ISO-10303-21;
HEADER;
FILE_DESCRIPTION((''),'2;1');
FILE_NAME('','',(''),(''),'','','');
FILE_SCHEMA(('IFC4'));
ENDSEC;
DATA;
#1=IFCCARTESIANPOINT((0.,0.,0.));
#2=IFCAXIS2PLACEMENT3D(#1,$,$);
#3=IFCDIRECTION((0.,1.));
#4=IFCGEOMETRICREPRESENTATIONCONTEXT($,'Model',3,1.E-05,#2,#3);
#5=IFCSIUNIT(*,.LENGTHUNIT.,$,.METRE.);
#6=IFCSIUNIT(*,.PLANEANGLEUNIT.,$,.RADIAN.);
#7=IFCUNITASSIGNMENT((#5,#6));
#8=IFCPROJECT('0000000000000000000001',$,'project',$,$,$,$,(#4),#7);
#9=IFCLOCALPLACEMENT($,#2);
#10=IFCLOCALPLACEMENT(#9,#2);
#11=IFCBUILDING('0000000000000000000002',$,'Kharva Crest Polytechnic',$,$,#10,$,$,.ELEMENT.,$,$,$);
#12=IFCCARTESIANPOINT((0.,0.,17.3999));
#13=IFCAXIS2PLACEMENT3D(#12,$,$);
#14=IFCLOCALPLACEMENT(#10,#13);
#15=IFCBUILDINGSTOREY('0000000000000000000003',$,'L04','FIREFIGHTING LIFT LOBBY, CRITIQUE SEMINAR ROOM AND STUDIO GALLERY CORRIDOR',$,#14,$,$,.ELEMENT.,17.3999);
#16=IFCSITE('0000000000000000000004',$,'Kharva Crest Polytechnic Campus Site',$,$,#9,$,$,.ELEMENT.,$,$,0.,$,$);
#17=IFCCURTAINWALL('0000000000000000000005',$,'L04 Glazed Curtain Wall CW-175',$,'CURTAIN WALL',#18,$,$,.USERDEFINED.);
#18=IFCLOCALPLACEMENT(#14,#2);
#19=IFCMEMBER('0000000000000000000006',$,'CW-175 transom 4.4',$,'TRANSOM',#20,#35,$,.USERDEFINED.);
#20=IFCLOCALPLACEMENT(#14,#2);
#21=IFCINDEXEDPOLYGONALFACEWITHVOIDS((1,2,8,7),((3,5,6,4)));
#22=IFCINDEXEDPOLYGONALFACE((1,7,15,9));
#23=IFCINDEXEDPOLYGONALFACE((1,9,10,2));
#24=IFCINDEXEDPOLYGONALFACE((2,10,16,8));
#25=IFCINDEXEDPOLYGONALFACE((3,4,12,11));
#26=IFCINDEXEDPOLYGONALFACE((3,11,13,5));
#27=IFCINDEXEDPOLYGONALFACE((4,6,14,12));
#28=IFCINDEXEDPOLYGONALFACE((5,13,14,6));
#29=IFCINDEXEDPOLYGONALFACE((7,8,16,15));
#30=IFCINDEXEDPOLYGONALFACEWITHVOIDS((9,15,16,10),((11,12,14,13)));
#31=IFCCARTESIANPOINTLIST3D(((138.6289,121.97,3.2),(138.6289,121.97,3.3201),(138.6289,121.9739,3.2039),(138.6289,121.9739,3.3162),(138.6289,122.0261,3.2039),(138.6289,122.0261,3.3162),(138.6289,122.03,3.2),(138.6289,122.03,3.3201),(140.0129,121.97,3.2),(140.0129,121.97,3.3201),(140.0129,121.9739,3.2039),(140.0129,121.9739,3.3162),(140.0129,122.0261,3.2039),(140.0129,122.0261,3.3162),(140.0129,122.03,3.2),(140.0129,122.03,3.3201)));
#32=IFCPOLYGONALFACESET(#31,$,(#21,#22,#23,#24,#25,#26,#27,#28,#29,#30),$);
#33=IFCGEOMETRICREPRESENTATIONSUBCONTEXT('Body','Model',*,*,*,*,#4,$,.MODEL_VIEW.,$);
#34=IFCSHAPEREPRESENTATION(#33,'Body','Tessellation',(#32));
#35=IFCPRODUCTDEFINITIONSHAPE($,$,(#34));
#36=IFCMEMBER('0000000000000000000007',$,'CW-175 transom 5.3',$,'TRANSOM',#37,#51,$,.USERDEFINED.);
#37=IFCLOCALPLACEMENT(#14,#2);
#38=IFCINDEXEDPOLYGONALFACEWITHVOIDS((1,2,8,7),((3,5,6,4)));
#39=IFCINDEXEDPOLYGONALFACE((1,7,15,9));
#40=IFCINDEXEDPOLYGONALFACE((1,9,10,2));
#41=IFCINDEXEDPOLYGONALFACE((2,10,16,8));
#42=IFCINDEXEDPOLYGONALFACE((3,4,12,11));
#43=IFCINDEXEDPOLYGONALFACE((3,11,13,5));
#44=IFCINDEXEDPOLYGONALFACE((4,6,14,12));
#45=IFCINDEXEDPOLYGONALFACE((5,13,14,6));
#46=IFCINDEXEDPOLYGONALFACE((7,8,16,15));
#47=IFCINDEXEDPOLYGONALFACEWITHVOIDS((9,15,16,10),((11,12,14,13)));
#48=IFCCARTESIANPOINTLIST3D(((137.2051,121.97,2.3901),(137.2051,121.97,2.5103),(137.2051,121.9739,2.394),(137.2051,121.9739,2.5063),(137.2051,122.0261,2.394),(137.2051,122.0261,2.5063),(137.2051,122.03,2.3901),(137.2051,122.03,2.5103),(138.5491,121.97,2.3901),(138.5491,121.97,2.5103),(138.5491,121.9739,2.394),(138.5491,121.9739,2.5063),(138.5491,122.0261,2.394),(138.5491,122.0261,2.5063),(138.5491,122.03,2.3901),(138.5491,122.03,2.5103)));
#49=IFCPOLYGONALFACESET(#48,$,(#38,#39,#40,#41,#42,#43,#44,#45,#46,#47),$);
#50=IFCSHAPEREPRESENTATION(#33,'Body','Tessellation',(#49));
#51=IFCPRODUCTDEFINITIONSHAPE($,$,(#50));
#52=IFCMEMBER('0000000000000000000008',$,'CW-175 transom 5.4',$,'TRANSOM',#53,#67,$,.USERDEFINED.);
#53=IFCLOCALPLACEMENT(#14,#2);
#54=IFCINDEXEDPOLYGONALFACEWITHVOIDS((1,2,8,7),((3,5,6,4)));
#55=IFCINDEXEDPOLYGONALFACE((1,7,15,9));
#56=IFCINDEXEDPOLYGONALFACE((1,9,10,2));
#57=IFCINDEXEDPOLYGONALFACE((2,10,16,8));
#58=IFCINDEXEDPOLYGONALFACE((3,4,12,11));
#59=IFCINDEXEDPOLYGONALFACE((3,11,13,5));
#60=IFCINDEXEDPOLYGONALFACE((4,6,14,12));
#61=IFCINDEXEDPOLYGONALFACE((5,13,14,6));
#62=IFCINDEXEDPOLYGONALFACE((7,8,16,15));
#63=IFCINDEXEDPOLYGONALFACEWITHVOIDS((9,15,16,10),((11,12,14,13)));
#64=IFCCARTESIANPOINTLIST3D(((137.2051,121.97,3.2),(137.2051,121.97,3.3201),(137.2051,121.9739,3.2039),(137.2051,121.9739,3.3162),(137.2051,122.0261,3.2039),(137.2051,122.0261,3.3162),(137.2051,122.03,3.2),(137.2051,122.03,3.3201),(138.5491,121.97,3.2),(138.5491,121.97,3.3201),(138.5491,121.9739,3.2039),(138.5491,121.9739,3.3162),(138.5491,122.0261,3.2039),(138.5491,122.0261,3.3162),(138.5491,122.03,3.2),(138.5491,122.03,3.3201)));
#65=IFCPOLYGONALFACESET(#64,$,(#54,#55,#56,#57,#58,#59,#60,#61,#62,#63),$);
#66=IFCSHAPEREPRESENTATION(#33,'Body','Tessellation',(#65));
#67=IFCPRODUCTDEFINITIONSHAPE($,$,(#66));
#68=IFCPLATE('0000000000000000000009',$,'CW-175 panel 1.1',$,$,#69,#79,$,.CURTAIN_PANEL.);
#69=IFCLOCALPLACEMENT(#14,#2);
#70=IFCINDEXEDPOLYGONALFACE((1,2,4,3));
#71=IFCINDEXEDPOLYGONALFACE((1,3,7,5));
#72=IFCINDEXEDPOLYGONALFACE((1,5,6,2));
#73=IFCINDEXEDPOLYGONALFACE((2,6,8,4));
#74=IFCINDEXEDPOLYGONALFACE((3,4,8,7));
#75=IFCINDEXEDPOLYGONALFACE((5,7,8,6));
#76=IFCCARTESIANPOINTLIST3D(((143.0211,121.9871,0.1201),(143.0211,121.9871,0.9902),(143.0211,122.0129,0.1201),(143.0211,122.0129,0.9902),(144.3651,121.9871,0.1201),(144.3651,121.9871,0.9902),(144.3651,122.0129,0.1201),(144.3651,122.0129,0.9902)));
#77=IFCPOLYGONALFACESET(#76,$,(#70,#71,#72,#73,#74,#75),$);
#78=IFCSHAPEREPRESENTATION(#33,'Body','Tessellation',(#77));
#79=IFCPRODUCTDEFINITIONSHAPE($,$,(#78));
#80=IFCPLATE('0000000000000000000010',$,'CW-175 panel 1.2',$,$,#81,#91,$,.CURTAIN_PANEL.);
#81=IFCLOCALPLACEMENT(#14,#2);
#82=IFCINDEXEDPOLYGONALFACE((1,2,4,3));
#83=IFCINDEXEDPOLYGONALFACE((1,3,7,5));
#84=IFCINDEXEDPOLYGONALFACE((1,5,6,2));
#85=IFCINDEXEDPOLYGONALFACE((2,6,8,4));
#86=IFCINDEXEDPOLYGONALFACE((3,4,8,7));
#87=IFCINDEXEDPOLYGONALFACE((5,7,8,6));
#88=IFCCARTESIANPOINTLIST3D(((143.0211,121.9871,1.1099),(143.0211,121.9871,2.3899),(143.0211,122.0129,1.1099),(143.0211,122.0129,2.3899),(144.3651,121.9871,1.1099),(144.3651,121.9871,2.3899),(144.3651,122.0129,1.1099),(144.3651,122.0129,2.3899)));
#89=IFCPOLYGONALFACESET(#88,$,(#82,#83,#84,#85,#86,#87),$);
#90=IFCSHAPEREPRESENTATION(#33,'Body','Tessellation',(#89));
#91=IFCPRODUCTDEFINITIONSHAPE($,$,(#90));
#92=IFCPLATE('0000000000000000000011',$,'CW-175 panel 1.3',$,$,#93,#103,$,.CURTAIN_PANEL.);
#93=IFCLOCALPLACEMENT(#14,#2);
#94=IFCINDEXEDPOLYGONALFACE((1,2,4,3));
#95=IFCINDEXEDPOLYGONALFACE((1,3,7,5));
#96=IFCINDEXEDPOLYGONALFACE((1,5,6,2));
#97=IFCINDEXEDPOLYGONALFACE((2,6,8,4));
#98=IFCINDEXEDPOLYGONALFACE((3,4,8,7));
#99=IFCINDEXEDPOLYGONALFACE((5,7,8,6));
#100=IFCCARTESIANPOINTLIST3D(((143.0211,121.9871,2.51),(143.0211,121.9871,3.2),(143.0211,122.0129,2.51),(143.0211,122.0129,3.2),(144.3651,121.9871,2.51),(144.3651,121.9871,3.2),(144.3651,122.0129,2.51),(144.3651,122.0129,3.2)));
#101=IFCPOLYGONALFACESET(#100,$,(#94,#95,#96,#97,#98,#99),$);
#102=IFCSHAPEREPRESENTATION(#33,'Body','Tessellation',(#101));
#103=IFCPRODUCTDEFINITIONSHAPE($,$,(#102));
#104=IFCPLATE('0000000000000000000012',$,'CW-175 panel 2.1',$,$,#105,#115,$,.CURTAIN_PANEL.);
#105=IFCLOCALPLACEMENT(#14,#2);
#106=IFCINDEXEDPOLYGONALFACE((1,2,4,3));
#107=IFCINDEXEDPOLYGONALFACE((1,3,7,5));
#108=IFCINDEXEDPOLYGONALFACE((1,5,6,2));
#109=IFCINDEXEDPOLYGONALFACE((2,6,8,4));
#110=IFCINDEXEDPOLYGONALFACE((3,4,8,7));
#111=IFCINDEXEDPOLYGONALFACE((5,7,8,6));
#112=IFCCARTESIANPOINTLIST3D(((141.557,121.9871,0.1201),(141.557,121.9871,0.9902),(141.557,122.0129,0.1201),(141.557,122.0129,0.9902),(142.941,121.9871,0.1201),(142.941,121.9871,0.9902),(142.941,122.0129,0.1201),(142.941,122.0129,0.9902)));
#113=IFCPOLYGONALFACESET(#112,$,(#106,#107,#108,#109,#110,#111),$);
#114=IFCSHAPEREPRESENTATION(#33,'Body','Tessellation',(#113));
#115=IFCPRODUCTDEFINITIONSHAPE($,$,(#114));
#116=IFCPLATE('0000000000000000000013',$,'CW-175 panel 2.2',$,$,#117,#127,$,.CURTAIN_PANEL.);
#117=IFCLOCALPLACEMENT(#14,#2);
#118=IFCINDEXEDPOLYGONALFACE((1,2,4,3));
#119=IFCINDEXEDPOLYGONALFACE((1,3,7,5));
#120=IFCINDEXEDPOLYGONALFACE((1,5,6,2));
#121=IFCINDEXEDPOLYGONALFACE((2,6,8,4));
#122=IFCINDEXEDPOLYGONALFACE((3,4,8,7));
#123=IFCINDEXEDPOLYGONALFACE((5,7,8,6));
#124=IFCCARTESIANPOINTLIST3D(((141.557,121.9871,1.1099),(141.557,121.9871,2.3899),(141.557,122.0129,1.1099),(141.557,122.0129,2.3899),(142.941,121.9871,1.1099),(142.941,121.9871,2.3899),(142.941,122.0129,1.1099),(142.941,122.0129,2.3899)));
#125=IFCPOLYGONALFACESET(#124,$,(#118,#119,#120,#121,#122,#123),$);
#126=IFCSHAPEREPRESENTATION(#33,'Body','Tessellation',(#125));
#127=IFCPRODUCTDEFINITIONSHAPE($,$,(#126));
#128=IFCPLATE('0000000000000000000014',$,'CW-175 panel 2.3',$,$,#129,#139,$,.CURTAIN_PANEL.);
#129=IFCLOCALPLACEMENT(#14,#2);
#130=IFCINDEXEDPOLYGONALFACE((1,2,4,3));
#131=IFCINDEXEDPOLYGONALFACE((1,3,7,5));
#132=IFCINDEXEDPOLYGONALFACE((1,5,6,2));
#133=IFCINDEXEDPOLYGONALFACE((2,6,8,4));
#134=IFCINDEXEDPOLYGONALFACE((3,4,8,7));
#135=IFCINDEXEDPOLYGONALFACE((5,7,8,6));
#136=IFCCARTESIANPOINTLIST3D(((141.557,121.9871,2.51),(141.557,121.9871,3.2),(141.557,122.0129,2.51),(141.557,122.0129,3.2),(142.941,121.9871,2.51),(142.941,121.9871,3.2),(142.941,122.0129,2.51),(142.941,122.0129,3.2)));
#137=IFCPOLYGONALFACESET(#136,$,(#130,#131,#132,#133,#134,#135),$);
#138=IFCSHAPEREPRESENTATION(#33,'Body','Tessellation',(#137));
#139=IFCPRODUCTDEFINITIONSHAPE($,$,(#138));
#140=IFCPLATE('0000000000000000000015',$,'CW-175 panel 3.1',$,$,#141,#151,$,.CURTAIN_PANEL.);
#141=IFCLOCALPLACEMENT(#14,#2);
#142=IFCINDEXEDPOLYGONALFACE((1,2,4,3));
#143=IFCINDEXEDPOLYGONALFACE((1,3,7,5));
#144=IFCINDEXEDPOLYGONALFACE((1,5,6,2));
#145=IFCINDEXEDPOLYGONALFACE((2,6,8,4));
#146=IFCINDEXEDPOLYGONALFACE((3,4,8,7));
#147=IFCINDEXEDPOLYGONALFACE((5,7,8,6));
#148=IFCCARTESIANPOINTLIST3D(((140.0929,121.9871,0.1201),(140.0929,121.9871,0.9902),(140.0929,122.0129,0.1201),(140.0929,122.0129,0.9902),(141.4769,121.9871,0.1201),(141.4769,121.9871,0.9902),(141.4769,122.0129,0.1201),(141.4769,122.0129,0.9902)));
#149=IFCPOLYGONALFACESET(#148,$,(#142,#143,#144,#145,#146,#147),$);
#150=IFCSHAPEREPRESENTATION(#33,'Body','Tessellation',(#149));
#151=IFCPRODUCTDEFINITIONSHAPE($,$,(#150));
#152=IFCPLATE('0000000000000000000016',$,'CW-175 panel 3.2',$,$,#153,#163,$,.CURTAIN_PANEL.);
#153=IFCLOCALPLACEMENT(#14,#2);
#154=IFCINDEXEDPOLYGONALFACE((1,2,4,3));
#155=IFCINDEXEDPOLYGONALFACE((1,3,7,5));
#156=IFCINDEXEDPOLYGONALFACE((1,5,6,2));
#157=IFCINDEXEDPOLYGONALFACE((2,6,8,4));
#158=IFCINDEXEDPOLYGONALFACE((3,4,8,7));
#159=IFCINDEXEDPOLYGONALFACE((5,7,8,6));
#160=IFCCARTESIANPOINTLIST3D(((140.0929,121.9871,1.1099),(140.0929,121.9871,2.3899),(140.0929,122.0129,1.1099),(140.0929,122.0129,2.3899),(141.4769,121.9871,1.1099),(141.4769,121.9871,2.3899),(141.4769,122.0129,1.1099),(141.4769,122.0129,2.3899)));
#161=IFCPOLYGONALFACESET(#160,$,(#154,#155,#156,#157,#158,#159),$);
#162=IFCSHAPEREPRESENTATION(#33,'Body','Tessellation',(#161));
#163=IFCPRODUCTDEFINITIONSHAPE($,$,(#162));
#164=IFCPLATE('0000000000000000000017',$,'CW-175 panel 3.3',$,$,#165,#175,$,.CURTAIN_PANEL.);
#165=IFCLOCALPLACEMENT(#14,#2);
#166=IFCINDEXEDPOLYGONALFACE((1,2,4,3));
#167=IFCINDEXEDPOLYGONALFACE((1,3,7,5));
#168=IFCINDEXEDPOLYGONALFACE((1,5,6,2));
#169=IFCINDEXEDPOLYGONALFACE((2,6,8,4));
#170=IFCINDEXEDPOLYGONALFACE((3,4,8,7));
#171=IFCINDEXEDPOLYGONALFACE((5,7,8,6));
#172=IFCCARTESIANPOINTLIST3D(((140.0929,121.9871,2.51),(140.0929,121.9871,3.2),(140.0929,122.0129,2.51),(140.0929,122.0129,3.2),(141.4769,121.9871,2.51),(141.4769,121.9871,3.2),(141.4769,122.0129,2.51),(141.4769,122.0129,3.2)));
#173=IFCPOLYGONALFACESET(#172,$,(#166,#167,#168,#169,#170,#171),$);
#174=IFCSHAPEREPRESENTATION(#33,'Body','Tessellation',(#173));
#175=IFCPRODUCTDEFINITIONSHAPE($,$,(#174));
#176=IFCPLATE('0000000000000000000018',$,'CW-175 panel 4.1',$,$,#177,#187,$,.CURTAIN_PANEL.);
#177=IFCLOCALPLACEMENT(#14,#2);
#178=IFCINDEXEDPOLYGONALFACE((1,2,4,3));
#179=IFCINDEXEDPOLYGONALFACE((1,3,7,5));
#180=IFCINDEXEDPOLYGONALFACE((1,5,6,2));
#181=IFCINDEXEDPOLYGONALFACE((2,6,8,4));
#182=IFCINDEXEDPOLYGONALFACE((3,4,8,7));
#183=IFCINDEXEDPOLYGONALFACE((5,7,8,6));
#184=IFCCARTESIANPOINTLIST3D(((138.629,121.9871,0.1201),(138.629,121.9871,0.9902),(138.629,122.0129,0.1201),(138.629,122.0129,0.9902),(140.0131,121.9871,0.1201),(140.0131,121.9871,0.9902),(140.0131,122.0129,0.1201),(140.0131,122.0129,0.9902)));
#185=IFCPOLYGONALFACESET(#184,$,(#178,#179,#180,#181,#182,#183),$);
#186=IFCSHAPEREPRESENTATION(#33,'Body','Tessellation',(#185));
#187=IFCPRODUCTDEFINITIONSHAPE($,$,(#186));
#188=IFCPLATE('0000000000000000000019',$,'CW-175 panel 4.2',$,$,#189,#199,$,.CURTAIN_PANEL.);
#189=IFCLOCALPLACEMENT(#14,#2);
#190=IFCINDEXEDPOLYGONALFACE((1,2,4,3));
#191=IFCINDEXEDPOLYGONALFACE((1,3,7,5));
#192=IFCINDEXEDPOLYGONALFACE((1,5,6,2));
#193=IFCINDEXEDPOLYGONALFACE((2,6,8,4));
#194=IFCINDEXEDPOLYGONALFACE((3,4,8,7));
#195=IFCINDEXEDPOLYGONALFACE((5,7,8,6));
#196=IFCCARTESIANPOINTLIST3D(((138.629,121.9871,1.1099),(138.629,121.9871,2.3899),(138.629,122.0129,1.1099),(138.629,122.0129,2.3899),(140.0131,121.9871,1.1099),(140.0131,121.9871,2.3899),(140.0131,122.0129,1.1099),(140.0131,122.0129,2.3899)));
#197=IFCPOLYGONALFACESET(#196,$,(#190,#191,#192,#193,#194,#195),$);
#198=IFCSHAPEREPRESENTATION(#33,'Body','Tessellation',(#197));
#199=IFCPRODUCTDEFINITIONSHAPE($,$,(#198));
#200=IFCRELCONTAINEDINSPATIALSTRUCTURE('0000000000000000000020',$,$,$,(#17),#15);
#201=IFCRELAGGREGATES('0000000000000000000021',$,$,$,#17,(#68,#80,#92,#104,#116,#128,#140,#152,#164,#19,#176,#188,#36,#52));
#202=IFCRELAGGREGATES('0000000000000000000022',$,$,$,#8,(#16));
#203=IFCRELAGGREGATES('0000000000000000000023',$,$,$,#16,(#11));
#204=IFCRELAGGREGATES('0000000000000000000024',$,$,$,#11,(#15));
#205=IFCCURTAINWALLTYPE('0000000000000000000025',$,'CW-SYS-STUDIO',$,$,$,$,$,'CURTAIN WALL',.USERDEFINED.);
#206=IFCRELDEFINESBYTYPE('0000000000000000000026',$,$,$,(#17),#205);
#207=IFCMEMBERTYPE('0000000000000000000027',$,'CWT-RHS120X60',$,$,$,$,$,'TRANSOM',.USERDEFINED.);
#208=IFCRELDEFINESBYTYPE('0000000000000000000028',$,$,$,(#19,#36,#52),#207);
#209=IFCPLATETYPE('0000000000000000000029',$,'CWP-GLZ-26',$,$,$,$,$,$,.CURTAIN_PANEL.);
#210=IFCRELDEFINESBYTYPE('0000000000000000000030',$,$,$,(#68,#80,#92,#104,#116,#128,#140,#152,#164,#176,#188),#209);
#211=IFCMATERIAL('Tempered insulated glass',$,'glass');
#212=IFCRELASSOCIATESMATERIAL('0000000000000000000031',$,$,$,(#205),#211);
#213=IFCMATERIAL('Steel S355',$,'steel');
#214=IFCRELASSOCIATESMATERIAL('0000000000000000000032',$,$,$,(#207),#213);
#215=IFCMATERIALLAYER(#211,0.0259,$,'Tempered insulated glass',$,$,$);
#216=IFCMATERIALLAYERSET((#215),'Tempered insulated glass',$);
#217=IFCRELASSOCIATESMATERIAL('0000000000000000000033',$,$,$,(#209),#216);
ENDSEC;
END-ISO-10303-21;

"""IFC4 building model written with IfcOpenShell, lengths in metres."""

from ifc_helpers import new_model, si_unit, direction, frame, origin, origin_2d, place, context, subcontext, project, spatial, rectangle, hollow_rectangle, extrude, material, layer, layer_set, material_profile, profile_set, type_object, element, aggregate, save


model = new_model("IFC4")

# Units and contexts
model_context = context("Model", 3, precision=1e-05, world=origin(), true_north=direction((0.0, 1.0)))
body_context = subcontext(model_context, "Body", "Model", "MODEL_VIEW")
ifc_project = project(units=[si_unit("LENGTHUNIT", "METRE"), si_unit("PLANEANGLEUNIT", "RADIAN")], contexts=[model_context])

# Site, building, storey
site_placement = place(None, origin())
site = spatial("IfcSite", under=ifc_project, at=site_placement, Name="Kharva Crest Polytechnic Campus Site", CompositionType="ELEMENT", RefElevation=0.0)
building_placement = place(site_placement, origin())
building = spatial("IfcBuilding", under=site, at=building_placement, Name="Kharva Crest Polytechnic", CompositionType="ELEMENT")
storey_placement = place(building_placement, frame((0.0, 0.0, 17.3999)))
storey = spatial("IfcBuildingStorey", under=building, at=storey_placement, Name="L04", Description="FIREFIGHTING LIFT LOBBY, CRITIQUE SEMINAR ROOM AND STUDIO GALLERY CORRIDOR", CompositionType="ELEMENT", Elevation=17.3999)

# Curtain wall, members, plates
ifc_material_1 = material(Name="Tempered insulated glass", Category="glass")
curtain_wall_type = type_object("IfcCurtainWallType", Name="CW-SYS-STUDIO", ElementType="CURTAIN WALL", PredefinedType="USERDEFINED", material=ifc_material_1)
curtain_wall_placement = place(storey_placement, origin())
curtain_wall = element("IfcCurtainWall", 1, at=curtain_wall_placement, inside=storey, type_object=curtain_wall_type, Name="L04 Glazed Curtain Wall CW-175", ObjectType="CURTAIN WALL", PredefinedType="USERDEFINED")
ifc_material_2 = material(Name="Steel S355", Category="steel")
ifc_material_profile_1 = material_profile(ifc_material_2, hollow_rectangle(XDim=0.0601, YDim=0.1201, WallThickness=0.0039, at=origin_2d()), Name="RHS 120X60X4.0")
ifc_profile_set_1 = profile_set([ifc_material_profile_1], Name="Steel S355")
member_type_1 = type_object("IfcMemberType", Name="CWT-RHS120X60", ElementType="TRANSOM", PredefinedType="USERDEFINED", material=ifc_profile_set_1)
member_1_placement = place(storey_placement, frame((140.0129, 122.0, 3.26), z_axis=(-1.0, 0.0, 0.0), x_axis=(0.0, -1.0, 0.0)))
member_1 = element("IfcMember", 2, at=member_1_placement, type_object=member_type_1, Name="CW-175 transom 4.4", ObjectType="TRANSOM", PredefinedType="USERDEFINED", context=body_context, shape_type="SweptSolid", body=[
    extrude(hollow_rectangle(XDim=0.0601, YDim=0.1201, WallThickness=0.0039, at=origin_2d()), origin(), (0.0, 0.0, 1.0), 1.384),
])
member_2_placement = place(storey_placement, frame((138.5491, 122.0, 2.4502), z_axis=(-1.0, 0.0, 0.0), x_axis=(0.0, -1.0, 0.0)))
member_2 = element("IfcMember", 3, at=member_2_placement, type_object=member_type_1, Name="CW-175 transom 5.3", ObjectType="TRANSOM", PredefinedType="USERDEFINED", context=body_context, shape_type="SweptSolid", body=[
    extrude(hollow_rectangle(XDim=0.0601, YDim=0.1201, WallThickness=0.0039, at=origin_2d()), origin(), (0.0, 0.0, 1.0), 1.344),
])
member_3_placement = place(storey_placement, frame((138.5491, 122.0, 3.26), z_axis=(-1.0, 0.0, 0.0), x_axis=(0.0, -1.0, 0.0)))
member_3 = element("IfcMember", 4, at=member_3_placement, type_object=member_type_1, Name="CW-175 transom 5.4", ObjectType="TRANSOM", PredefinedType="USERDEFINED", context=body_context, shape_type="SweptSolid", body=[
    extrude(hollow_rectangle(XDim=0.0601, YDim=0.1201, WallThickness=0.0039, at=origin_2d()), origin(), (0.0, 0.0, 1.0), 1.344),
])
ifc_layer_1 = layer(ifc_material_1, 0.0259, Name="Tempered insulated glass")
ifc_layer_set_1 = layer_set([ifc_layer_1], Name="Tempered insulated glass")
plate_type = type_object("IfcPlateType", Name="CWP-GLZ-26", PredefinedType="CURTAIN_PANEL", material=ifc_layer_set_1)
plate_1_placement = place(storey_placement, frame((143.6931, 122.0, 0.1201), z_axis=(0.0, 0.0, 1.0), x_axis=(-1.0, 0.0, 0.0)))
plate_1 = element("IfcPlate", 5, at=plate_1_placement, type_object=plate_type, Name="CW-175 panel 1.1", PredefinedType="CURTAIN_PANEL", context=body_context, shape_type="SweptSolid", body=[
    extrude(rectangle(XDim=1.344, YDim=0.0259, at=origin_2d()), origin(), (0.0, 0.0, 1.0), 0.8701),
])
plate_2_placement = place(storey_placement, frame((143.6931, 122.0, 1.1099), z_axis=(0.0, 0.0, 1.0), x_axis=(-1.0, 0.0, 0.0)))
plate_2 = element("IfcPlate", 6, at=plate_2_placement, type_object=plate_type, Name="CW-175 panel 1.2", PredefinedType="CURTAIN_PANEL", context=body_context, shape_type="SweptSolid", body=[
    extrude(rectangle(XDim=1.344, YDim=0.0259, at=origin_2d()), origin(), (0.0, 0.0, 1.0), 1.28),
])
plate_3_placement = place(storey_placement, frame((143.6931, 122.0, 2.51), z_axis=(0.0, 0.0, 1.0), x_axis=(-1.0, 0.0, 0.0)))
plate_3 = element("IfcPlate", 7, at=plate_3_placement, type_object=plate_type, Name="CW-175 panel 1.3", PredefinedType="CURTAIN_PANEL", context=body_context, shape_type="SweptSolid", body=[
    extrude(rectangle(XDim=1.344, YDim=0.0259, at=origin_2d()), origin(), (0.0, 0.0, 1.0), 0.6899),
])
plate_4_placement = place(storey_placement, frame((142.249, 122.0, 0.1201), z_axis=(0.0, 0.0, 1.0), x_axis=(-1.0, 0.0, 0.0)))
plate_4 = element("IfcPlate", 8, at=plate_4_placement, type_object=plate_type, Name="CW-175 panel 2.1", PredefinedType="CURTAIN_PANEL", context=body_context, shape_type="SweptSolid", body=[
    extrude(rectangle(XDim=1.384, YDim=0.0259, at=origin_2d()), origin(), (0.0, 0.0, 1.0), 0.8701),
])
plate_5_placement = place(storey_placement, frame((142.249, 122.0, 1.1099), z_axis=(0.0, 0.0, 1.0), x_axis=(-1.0, 0.0, 0.0)))
plate_5 = element("IfcPlate", 9, at=plate_5_placement, type_object=plate_type, Name="CW-175 panel 2.2", PredefinedType="CURTAIN_PANEL", context=body_context, shape_type="SweptSolid", body=[
    extrude(rectangle(XDim=1.384, YDim=0.0259, at=origin_2d()), origin(), (0.0, 0.0, 1.0), 1.28),
])
plate_6_placement = place(storey_placement, frame((142.249, 122.0, 2.51), z_axis=(0.0, 0.0, 1.0), x_axis=(-1.0, 0.0, 0.0)))
plate_6 = element("IfcPlate", 10, at=plate_6_placement, type_object=plate_type, Name="CW-175 panel 2.3", PredefinedType="CURTAIN_PANEL", context=body_context, shape_type="SweptSolid", body=[
    extrude(rectangle(XDim=1.384, YDim=0.0259, at=origin_2d()), origin(), (0.0, 0.0, 1.0), 0.6899),
])
plate_7_placement = place(storey_placement, frame((140.7849, 122.0, 0.1201), z_axis=(0.0, 0.0, 1.0), x_axis=(-1.0, 0.0, 0.0)))
plate_7 = element("IfcPlate", 11, at=plate_7_placement, type_object=plate_type, Name="CW-175 panel 3.1", PredefinedType="CURTAIN_PANEL", context=body_context, shape_type="SweptSolid", body=[
    extrude(rectangle(XDim=1.384, YDim=0.0259, at=origin_2d()), origin(), (0.0, 0.0, 1.0), 0.8701),
])
plate_8_placement = place(storey_placement, frame((140.7849, 122.0, 1.1099), z_axis=(0.0, 0.0, 1.0), x_axis=(-1.0, 0.0, 0.0)))
plate_8 = element("IfcPlate", 12, at=plate_8_placement, type_object=plate_type, Name="CW-175 panel 3.2", PredefinedType="CURTAIN_PANEL", context=body_context, shape_type="SweptSolid", body=[
    extrude(rectangle(XDim=1.384, YDim=0.0259, at=origin_2d()), origin(), (0.0, 0.0, 1.0), 1.28),
])
plate_9_placement = place(storey_placement, frame((140.7849, 122.0, 2.51), z_axis=(0.0, 0.0, 1.0), x_axis=(-1.0, 0.0, 0.0)))
plate_9 = element("IfcPlate", 13, at=plate_9_placement, type_object=plate_type, Name="CW-175 panel 3.3", PredefinedType="CURTAIN_PANEL", context=body_context, shape_type="SweptSolid", body=[
    extrude(rectangle(XDim=1.384, YDim=0.0259, at=origin_2d()), origin(), (0.0, 0.0, 1.0), 0.6899),
])
plate_10_placement = place(storey_placement, frame((139.321, 122.0, 0.1201), z_axis=(0.0, 0.0, 1.0), x_axis=(-1.0, 0.0, 0.0)))
plate_10 = element("IfcPlate", 14, at=plate_10_placement, type_object=plate_type, Name="CW-175 panel 4.1", PredefinedType="CURTAIN_PANEL", context=body_context, shape_type="SweptSolid", body=[
    extrude(rectangle(XDim=1.384, YDim=0.0259, at=origin_2d()), origin(), (0.0, 0.0, 1.0), 0.8701),
])
plate_11_placement = place(storey_placement, frame((139.321, 122.0, 1.1099), z_axis=(0.0, 0.0, 1.0), x_axis=(-1.0, 0.0, 0.0)))
plate_11 = element("IfcPlate", 15, at=plate_11_placement, type_object=plate_type, Name="CW-175 panel 4.2", PredefinedType="CURTAIN_PANEL", context=body_context, shape_type="SweptSolid", body=[
    extrude(rectangle(XDim=1.384, YDim=0.0259, at=origin_2d()), origin(), (0.0, 0.0, 1.0), 1.28),
])
aggregate(curtain_wall, [plate_1, plate_2, plate_3, plate_4, plate_5, plate_6, plate_7, plate_8, plate_9, member_1, plate_10, plate_11, member_2, member_3])

save(model, "model.ifc")
